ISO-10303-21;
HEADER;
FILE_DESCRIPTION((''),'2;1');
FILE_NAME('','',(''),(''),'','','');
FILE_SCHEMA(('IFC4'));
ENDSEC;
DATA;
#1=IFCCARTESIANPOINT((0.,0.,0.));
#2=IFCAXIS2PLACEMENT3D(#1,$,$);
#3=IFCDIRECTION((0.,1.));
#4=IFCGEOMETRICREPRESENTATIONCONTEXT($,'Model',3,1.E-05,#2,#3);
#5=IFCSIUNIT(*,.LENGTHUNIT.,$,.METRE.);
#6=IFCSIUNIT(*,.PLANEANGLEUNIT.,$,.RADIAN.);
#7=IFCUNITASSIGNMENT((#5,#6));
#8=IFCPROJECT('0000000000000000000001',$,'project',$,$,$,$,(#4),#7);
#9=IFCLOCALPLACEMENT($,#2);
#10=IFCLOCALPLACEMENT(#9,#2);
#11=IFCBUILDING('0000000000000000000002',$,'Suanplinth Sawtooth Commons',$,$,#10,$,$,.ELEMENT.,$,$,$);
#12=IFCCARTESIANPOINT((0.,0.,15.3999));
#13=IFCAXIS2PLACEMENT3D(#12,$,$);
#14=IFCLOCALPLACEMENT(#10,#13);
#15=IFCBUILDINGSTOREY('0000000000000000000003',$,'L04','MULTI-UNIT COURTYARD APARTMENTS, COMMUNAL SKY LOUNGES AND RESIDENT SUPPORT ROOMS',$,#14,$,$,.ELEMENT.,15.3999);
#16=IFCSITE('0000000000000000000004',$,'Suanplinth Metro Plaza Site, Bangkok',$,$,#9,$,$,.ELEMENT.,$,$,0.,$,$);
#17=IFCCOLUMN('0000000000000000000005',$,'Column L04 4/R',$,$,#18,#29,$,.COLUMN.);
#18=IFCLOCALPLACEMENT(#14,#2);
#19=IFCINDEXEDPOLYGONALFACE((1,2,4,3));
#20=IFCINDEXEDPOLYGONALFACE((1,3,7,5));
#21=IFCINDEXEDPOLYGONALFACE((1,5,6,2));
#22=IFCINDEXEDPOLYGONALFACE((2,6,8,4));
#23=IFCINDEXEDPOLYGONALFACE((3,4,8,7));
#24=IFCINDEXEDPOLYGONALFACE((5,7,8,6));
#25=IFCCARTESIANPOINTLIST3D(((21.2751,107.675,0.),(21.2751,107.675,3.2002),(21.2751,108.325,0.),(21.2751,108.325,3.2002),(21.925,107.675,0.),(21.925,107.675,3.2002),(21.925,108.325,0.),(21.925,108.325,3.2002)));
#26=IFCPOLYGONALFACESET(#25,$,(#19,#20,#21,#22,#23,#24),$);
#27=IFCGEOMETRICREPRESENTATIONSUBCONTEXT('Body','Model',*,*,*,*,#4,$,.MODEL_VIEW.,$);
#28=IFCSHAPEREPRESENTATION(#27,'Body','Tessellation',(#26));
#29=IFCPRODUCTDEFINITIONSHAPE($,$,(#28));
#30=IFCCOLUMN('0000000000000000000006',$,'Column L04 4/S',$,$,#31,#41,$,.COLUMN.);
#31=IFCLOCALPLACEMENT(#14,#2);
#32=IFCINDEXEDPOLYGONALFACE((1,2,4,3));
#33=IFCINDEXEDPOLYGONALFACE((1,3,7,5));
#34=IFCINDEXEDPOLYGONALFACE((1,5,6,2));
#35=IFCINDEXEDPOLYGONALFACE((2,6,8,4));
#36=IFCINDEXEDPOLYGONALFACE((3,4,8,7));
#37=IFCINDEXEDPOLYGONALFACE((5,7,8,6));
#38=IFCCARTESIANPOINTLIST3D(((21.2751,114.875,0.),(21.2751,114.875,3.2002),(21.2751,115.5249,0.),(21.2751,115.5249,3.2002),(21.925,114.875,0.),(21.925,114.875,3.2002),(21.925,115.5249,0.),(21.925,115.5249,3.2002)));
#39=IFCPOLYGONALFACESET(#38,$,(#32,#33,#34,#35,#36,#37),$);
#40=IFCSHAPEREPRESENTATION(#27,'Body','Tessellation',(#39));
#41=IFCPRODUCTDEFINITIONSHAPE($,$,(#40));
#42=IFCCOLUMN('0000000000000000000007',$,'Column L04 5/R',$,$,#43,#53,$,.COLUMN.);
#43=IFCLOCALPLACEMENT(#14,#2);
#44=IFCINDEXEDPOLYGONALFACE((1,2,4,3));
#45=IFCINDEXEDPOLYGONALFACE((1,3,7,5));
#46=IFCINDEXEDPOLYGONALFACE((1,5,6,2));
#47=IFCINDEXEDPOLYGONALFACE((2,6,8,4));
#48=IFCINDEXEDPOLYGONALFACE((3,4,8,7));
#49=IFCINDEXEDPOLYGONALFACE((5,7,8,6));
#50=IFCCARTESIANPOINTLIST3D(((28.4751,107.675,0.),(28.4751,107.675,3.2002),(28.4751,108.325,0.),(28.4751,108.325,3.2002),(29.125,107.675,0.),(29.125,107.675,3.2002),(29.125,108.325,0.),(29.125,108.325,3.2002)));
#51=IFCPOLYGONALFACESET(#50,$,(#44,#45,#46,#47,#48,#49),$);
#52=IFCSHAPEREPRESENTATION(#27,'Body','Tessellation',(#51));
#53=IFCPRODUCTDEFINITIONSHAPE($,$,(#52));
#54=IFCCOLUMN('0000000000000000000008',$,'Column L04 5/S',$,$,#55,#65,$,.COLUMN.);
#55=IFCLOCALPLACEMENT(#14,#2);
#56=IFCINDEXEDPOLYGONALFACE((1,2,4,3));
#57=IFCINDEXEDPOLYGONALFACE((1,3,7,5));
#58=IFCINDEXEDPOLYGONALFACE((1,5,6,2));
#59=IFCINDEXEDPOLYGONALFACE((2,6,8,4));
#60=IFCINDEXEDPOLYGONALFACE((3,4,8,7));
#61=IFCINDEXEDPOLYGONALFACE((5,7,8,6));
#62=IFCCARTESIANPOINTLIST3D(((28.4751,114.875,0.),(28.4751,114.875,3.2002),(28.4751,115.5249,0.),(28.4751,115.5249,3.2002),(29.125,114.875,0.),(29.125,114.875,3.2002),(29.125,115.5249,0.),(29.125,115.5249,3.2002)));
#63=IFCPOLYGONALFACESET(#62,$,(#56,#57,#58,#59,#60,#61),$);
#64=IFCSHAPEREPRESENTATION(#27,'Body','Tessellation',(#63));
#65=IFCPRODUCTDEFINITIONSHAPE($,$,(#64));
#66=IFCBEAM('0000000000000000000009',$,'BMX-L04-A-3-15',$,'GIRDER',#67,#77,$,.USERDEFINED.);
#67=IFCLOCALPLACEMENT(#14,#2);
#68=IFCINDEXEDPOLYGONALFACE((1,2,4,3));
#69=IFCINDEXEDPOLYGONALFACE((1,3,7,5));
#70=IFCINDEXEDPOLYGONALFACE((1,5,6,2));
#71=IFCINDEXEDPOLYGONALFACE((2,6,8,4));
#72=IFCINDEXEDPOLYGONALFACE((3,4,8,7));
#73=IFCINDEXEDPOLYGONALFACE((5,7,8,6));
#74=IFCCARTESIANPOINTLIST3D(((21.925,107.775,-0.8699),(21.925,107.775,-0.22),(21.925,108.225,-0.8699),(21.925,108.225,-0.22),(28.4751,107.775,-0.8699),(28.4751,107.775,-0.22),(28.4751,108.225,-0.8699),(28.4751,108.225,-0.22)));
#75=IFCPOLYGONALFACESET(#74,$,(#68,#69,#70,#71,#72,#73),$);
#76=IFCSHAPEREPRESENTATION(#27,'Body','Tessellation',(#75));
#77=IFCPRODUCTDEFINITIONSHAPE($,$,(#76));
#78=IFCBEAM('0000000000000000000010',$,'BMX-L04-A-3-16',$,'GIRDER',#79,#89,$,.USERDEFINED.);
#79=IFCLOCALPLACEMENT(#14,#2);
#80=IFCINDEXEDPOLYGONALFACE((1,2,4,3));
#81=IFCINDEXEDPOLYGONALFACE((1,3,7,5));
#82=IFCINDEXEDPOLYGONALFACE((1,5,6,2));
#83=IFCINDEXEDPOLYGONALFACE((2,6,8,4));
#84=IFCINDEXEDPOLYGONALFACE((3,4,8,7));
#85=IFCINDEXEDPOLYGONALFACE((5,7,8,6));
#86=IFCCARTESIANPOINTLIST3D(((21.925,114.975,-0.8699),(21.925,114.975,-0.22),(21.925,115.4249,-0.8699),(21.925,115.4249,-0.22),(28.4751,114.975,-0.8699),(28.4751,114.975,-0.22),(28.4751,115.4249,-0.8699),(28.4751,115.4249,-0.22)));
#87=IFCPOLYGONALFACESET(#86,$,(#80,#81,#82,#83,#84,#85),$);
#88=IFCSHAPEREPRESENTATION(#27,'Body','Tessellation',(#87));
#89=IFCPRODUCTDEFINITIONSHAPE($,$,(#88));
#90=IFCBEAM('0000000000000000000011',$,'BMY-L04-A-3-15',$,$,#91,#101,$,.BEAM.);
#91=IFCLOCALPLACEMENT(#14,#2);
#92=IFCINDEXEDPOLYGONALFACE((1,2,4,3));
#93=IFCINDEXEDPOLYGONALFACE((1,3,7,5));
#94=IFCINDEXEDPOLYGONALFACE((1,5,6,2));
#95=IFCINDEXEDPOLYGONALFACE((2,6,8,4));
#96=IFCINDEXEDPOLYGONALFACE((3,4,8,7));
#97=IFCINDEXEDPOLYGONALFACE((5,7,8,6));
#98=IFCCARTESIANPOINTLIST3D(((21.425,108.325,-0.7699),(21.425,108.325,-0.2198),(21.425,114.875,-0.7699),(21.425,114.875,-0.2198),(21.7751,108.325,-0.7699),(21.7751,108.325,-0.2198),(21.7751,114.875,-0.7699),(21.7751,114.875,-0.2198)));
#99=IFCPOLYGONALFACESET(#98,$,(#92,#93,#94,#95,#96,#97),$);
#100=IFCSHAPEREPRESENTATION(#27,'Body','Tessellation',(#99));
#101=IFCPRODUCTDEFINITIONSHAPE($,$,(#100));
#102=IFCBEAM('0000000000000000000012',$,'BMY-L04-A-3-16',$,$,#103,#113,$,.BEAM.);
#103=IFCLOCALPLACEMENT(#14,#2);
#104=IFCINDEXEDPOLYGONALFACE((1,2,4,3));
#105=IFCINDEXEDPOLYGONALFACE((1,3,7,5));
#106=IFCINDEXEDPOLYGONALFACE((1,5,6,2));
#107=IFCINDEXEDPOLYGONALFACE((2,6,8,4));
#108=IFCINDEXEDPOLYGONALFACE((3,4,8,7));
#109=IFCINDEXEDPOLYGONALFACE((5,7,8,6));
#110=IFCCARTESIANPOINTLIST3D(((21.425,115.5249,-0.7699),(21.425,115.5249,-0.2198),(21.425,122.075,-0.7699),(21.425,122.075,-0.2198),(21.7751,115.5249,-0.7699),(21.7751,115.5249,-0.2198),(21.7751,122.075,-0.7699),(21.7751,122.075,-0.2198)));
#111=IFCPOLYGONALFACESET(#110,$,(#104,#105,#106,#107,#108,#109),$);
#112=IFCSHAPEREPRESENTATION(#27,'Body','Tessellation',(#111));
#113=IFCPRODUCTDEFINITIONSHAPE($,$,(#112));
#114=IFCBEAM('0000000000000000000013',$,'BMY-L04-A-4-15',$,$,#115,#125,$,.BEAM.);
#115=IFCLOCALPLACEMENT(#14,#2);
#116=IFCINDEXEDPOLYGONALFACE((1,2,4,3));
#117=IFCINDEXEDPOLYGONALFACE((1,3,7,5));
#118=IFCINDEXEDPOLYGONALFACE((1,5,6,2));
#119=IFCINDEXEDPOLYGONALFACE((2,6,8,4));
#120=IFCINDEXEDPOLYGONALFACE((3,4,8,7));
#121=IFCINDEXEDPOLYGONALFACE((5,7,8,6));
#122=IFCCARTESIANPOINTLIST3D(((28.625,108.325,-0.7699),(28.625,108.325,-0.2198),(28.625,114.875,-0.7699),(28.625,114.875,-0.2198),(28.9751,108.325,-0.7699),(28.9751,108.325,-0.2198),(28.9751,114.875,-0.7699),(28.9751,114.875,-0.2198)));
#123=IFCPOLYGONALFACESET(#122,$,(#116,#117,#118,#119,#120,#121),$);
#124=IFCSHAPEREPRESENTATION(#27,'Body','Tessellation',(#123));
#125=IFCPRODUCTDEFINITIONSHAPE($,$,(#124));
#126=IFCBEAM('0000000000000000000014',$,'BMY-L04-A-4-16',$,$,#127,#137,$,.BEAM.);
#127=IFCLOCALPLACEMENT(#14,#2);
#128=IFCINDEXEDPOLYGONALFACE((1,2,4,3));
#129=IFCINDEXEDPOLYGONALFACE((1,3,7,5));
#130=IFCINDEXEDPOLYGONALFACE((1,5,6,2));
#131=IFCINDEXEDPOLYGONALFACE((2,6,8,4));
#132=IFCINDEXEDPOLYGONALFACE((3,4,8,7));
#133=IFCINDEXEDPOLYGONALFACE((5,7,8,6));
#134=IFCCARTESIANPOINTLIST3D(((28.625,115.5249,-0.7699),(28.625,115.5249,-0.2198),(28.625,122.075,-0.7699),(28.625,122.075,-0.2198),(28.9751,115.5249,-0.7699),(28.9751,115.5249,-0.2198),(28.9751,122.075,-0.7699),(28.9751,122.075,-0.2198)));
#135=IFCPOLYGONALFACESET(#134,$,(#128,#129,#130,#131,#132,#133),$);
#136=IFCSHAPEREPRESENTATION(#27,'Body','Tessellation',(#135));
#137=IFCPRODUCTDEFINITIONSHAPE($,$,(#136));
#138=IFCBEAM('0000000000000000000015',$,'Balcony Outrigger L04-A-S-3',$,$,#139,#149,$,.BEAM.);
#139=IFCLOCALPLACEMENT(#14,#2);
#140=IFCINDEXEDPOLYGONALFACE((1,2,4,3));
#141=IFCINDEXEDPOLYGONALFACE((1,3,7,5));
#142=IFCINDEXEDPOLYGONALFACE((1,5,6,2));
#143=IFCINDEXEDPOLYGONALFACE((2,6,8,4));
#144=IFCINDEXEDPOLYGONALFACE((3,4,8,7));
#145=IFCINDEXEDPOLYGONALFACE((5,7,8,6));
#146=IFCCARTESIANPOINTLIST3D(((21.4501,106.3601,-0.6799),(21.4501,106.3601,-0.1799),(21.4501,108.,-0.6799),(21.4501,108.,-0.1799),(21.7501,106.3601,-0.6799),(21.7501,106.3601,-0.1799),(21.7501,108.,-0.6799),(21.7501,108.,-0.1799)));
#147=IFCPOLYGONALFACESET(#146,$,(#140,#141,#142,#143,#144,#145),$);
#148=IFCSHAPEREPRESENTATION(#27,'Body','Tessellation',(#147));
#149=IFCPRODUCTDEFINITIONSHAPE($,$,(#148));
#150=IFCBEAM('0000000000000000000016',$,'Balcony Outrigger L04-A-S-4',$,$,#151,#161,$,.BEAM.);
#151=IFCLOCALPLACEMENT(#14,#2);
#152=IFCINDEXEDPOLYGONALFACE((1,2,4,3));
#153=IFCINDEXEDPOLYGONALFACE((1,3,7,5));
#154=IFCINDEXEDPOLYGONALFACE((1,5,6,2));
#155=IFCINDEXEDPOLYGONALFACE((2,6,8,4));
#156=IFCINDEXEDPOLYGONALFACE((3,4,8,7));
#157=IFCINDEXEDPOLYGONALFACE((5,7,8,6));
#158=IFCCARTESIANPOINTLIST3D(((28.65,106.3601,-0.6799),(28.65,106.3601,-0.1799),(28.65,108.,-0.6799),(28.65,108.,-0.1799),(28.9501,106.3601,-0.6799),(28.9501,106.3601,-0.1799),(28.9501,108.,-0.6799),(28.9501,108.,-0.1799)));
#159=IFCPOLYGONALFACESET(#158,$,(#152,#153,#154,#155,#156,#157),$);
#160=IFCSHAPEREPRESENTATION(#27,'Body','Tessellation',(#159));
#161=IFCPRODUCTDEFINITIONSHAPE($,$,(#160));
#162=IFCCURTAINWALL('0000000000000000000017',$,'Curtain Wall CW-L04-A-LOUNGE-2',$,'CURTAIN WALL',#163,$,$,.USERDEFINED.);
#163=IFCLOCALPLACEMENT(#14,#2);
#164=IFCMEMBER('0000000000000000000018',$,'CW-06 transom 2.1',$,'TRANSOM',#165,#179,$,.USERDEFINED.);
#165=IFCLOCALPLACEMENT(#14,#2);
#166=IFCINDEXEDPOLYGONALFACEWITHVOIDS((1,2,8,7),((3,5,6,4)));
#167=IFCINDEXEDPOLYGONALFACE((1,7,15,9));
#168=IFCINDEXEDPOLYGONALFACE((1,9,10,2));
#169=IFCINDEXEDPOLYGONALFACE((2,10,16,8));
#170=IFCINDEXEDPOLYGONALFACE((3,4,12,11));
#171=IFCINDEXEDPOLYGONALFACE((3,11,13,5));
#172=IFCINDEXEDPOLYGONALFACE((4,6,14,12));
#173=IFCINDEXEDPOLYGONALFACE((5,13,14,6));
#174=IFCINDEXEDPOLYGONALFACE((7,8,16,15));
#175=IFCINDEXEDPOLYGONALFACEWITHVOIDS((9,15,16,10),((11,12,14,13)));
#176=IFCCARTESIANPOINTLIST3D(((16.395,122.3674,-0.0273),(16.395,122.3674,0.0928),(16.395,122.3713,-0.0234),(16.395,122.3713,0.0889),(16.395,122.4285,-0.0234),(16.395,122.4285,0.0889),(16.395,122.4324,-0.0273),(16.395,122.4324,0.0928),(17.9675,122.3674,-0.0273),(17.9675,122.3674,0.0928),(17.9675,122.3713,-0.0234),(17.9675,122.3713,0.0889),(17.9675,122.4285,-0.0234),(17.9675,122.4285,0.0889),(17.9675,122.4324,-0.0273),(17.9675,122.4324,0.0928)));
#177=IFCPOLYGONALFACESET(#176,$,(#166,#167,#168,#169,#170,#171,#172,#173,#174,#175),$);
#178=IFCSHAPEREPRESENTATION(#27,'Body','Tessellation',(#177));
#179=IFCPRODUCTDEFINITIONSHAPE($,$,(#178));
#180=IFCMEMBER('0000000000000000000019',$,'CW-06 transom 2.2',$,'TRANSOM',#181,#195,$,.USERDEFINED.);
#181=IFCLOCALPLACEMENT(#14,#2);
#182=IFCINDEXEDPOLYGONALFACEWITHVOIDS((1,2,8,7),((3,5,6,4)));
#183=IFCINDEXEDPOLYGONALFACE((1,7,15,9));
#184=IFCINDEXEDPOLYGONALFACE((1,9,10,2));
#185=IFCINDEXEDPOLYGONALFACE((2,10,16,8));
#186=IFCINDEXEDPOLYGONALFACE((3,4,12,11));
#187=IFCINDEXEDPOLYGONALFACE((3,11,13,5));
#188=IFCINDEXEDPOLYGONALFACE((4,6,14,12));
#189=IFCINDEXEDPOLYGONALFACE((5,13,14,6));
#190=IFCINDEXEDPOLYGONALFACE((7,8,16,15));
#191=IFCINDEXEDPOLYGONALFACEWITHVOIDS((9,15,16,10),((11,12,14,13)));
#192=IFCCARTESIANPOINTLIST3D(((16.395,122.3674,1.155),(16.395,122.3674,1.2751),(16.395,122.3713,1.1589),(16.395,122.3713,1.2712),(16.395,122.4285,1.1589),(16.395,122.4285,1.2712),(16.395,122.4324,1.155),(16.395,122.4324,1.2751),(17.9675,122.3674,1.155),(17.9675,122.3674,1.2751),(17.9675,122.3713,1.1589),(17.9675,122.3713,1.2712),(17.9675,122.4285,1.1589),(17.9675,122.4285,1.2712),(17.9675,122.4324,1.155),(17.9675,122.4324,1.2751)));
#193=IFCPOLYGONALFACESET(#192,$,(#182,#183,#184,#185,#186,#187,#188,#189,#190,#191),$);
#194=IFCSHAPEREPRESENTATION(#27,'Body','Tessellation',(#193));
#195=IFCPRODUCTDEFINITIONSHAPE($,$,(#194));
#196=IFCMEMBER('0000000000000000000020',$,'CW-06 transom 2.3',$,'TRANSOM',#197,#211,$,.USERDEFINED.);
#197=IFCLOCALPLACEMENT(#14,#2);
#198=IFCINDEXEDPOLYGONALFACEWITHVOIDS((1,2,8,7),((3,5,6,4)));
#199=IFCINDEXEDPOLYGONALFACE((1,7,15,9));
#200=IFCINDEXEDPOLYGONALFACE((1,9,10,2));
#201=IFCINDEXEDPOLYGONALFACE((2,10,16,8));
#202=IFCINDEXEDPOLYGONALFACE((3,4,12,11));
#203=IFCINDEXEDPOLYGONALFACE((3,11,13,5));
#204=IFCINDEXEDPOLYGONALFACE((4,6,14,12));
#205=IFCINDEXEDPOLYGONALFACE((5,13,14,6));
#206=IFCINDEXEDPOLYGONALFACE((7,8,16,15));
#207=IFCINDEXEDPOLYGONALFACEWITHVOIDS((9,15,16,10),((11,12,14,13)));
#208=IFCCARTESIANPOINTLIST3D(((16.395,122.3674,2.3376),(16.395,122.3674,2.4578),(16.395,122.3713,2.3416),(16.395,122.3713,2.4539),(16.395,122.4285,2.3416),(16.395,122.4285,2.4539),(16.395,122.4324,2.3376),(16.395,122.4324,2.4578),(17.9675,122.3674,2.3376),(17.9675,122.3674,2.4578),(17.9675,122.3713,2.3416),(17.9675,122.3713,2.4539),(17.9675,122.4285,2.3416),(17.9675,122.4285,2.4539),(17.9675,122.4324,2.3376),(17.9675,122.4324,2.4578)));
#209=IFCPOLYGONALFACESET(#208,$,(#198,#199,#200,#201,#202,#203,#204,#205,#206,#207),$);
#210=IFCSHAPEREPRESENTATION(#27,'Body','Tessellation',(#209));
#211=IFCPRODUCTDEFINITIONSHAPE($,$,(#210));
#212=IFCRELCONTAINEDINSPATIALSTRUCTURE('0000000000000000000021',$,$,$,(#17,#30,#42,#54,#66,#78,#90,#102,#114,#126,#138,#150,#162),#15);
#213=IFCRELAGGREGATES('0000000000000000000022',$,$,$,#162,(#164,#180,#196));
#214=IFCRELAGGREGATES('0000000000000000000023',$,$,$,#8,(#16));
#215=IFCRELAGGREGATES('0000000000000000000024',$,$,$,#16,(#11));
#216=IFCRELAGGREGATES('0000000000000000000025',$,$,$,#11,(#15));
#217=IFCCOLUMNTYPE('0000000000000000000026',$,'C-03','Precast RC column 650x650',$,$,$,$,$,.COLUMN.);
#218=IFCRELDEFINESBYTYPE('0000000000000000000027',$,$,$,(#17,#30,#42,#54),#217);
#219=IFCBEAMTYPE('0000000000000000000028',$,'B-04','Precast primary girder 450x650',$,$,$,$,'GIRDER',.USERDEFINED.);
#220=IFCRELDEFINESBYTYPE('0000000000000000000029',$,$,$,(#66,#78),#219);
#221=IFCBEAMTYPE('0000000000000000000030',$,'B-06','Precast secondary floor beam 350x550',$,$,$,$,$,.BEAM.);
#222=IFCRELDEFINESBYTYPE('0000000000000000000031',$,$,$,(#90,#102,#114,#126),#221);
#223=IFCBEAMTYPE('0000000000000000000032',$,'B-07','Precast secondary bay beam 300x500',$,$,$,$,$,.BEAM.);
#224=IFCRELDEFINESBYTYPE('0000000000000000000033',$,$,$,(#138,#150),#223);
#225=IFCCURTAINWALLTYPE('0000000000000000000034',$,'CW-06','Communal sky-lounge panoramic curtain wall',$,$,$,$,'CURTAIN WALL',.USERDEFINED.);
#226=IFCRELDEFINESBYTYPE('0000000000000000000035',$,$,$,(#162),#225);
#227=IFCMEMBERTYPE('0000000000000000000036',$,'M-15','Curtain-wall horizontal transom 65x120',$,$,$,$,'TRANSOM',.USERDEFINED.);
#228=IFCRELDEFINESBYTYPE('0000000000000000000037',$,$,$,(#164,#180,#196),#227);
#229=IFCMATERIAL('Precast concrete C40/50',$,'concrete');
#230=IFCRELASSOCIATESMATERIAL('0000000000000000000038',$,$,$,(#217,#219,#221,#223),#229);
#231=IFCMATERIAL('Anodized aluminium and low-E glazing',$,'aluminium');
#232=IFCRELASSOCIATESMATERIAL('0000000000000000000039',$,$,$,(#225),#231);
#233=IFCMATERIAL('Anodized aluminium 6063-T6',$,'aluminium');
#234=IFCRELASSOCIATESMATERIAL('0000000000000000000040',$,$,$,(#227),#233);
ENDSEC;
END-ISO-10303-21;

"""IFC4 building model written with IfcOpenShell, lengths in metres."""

from ifc_helpers import new_model, si_unit, direction, frame, origin, origin_2d, place, context, subcontext, project, spatial, rectangle, hollow_rectangle, extrude, material, material_profile, profile_set, type_object, element, aggregate, save


model = new_model("IFC4")

# Units and contexts
model_context = context("Model", 3, precision=1e-05, world=origin(), true_north=direction((0.0, 1.0)))
body_context = subcontext(model_context, "Body", "Model", "MODEL_VIEW")
ifc_project = project(units=[si_unit("LENGTHUNIT", "METRE"), si_unit("PLANEANGLEUNIT", "RADIAN")], contexts=[model_context])

# Site, building, storey
site_placement = place(None, origin())
site = spatial("IfcSite", under=ifc_project, at=site_placement, Name="Suanplinth Metro Plaza Site, Bangkok", CompositionType="ELEMENT", RefElevation=0.0)
building_placement = place(site_placement, origin())
building = spatial("IfcBuilding", under=site, at=building_placement, Name="Suanplinth Sawtooth Commons", CompositionType="ELEMENT")
storey_placement = place(building_placement, frame((0.0, 0.0, 15.3999)))
storey = spatial("IfcBuildingStorey", under=building, at=storey_placement, Name="L04", Description="MULTI-UNIT COURTYARD APARTMENTS, COMMUNAL SKY LOUNGES AND RESIDENT SUPPORT ROOMS", CompositionType="ELEMENT", Elevation=15.3999)

# Columns
ifc_material_1 = material(Name="Precast concrete C40/50", Category="concrete")
ifc_material_profile_1 = material_profile(ifc_material_1, rectangle(XDim=0.6499, YDim=0.6499, at=origin_2d()), Name="PC-COL 650x650")
ifc_profile_set_1 = profile_set([ifc_material_profile_1], Name="Precast concrete C40/50")
column_type = type_object("IfcColumnType", Name="C-03", Description="Precast RC column 650x650", PredefinedType="COLUMN", material=ifc_profile_set_1)
for number, where, z_axis, x_axis, name in (
    (1, (21.6001, 108.0, 0.0), (0.0, 0.0, 1.0), (1.0, 0.0, 0.0), "Column L04 4/R"),
    (2, (21.6001, 115.2, 0.0), (0.0, 0.0, 1.0), (1.0, 0.0, 0.0), "Column L04 4/S"),
    (3, (28.8, 108.0, 0.0), (0.0, 0.0, 1.0), (1.0, 0.0, 0.0), "Column L04 5/R"),
    (4, (28.8, 115.2, 0.0), (0.0, 0.0, 1.0), (1.0, 0.0, 0.0), "Column L04 5/S"),
):
    element("IfcColumn", number, at=place(storey_placement, frame(where, z_axis=z_axis, x_axis=x_axis)), inside=storey, type_object=column_type, Name=name, PredefinedType="COLUMN", context=body_context, shape_type="SweptSolid", body=[
        extrude(rectangle(XDim=0.6499, YDim=0.6499, at=origin_2d()), origin(), (0.0, 0.0, 1.0), 3.2002),
    ])

# Beams
ifc_material_profile_2 = material_profile(ifc_material_1, rectangle(XDim=0.45, YDim=0.6499, at=origin_2d()), Name="PC-GDR 450x650")
ifc_profile_set_2 = profile_set([ifc_material_profile_2], Name="Precast concrete C40/50")
beam_type_1 = type_object("IfcBeamType", Name="B-04", Description="Precast primary girder 450x650", ElementType="GIRDER", PredefinedType="USERDEFINED", material=ifc_profile_set_2)
for number, where, z_axis, x_axis, name in (
    (5, (21.925, 108.0, -0.5449), (1.0, 0.0, 0.0), (0.0, 1.0, 0.0), "BMX-L04-A-3-15"),
    (6, (21.925, 115.2, -0.5449), (1.0, 0.0, 0.0), (0.0, 1.0, 0.0), "BMX-L04-A-3-16"),
):
    element("IfcBeam", number, at=place(storey_placement, frame(where, z_axis=z_axis, x_axis=x_axis)), inside=storey, type_object=beam_type_1, Name=name, ObjectType="GIRDER", PredefinedType="USERDEFINED", context=body_context, shape_type="SweptSolid", body=[
        extrude(rectangle(XDim=0.45, YDim=0.6499, at=origin_2d()), origin(), (0.0, 0.0, 1.0), 6.55),
    ])
ifc_material_profile_3 = material_profile(ifc_material_1, rectangle(XDim=0.3501, YDim=0.55, at=origin_2d()), Name="PC-BM 350x550")
ifc_profile_set_3 = profile_set([ifc_material_profile_3], Name="Precast concrete C40/50")
beam_type_2 = type_object("IfcBeamType", Name="B-06", Description="Precast secondary floor beam 350x550", PredefinedType="BEAM", material=ifc_profile_set_3)
for number, where, z_axis, x_axis, name in (
    (7, (21.6001, 108.325, -0.4949), (0.0, 1.0, 0.0), (-1.0, 0.0, 0.0), "BMY-L04-A-3-15"),
    (8, (21.6001, 115.5249, -0.4949), (0.0, 1.0, 0.0), (-1.0, 0.0, 0.0), "BMY-L04-A-3-16"),
    (9, (28.8, 108.325, -0.4949), (0.0, 1.0, 0.0), (-1.0, 0.0, 0.0), "BMY-L04-A-4-15"),
    (10, (28.8, 115.5249, -0.4949), (0.0, 1.0, 0.0), (-1.0, 0.0, 0.0), "BMY-L04-A-4-16"),
):
    element("IfcBeam", number, at=place(storey_placement, frame(where, z_axis=z_axis, x_axis=x_axis)), inside=storey, type_object=beam_type_2, Name=name, PredefinedType="BEAM", context=body_context, shape_type="SweptSolid", body=[
        extrude(rectangle(XDim=0.3501, YDim=0.55, at=origin_2d()), origin(), (0.0, 0.0, 1.0), 6.55),
    ])
ifc_material_profile_4 = material_profile(ifc_material_1, rectangle(XDim=0.3, YDim=0.5, at=origin_2d()), Name="PC-BM 300x500")
ifc_profile_set_4 = profile_set([ifc_material_profile_4], Name="Precast concrete C40/50")
beam_type_3 = type_object("IfcBeamType", Name="B-07", Description="Precast secondary bay beam 300x500", PredefinedType="BEAM", material=ifc_profile_set_4)
for number, where, z_axis, x_axis, name in (
    (11, (21.6001, 108.0, -0.4299), (0.0, -1.0, 0.0), (1.0, 0.0, 0.0), "Balcony Outrigger L04-A-S-3"),
    (12, (28.8, 108.0, -0.4299), (0.0, -1.0, 0.0), (1.0, 0.0, 0.0), "Balcony Outrigger L04-A-S-4"),
):
    element("IfcBeam", number, at=place(storey_placement, frame(where, z_axis=z_axis, x_axis=x_axis)), inside=storey, type_object=beam_type_3, Name=name, PredefinedType="BEAM", context=body_context, shape_type="SweptSolid", body=[
        extrude(rectangle(XDim=0.3, YDim=0.5, at=origin_2d()), origin(), (0.0, 0.0, 1.0), 1.6399),
    ])

# Curtain wall, members
ifc_material_2 = material(Name="Anodized aluminium and low-E glazing", Category="aluminium")
curtain_wall_type = type_object("IfcCurtainWallType", Name="CW-06", Description="Communal sky-lounge panoramic curtain wall", ElementType="CURTAIN WALL", PredefinedType="USERDEFINED", material=ifc_material_2)
curtain_wall_placement = place(storey_placement, origin())
curtain_wall = element("IfcCurtainWall", 13, at=curtain_wall_placement, inside=storey, type_object=curtain_wall_type, Name="Curtain Wall CW-L04-A-LOUNGE-2", ObjectType="CURTAIN WALL", PredefinedType="USERDEFINED")
ifc_material_3 = material(Name="Anodized aluminium 6063-T6", Category="aluminium")
ifc_material_profile_5 = material_profile(ifc_material_3, hollow_rectangle(XDim=0.0649, YDim=0.1201, WallThickness=0.0039, at=origin_2d()), Name="ALU-TRN 65x120")
ifc_profile_set_5 = profile_set([ifc_material_profile_5], Name="Anodized aluminium 6063-T6")
member_type = type_object("IfcMemberType", Name="M-15", Description="Curtain-wall horizontal transom 65x120", ElementType="TRANSOM", PredefinedType="USERDEFINED", material=ifc_profile_set_5)
member_1_placement = place(storey_placement, frame((16.395, 122.3999, 0.0327), z_axis=(1.0, 0.0, 0.0), x_axis=(0.0, 1.0, 0.0)))
member_1 = element("IfcMember", 14, at=member_1_placement, type_object=member_type, Name="CW-06 transom 2.1", ObjectType="TRANSOM", PredefinedType="USERDEFINED", context=body_context, shape_type="SweptSolid", body=[
    extrude(hollow_rectangle(XDim=0.0649, YDim=0.1201, WallThickness=0.0039, at=origin_2d()), origin(), (0.0, 0.0, 1.0), 1.5725),
])
member_2_placement = place(storey_placement, frame((16.395, 122.3999, 1.2151), z_axis=(1.0, 0.0, 0.0), x_axis=(0.0, 1.0, 0.0)))
member_2 = element("IfcMember", 15, at=member_2_placement, type_object=member_type, Name="CW-06 transom 2.2", ObjectType="TRANSOM", PredefinedType="USERDEFINED", context=body_context, shape_type="SweptSolid", body=[
    extrude(hollow_rectangle(XDim=0.0649, YDim=0.1201, WallThickness=0.0039, at=origin_2d()), origin(), (0.0, 0.0, 1.0), 1.5725),
])
member_3_placement = place(storey_placement, frame((16.395, 122.3999, 2.3977), z_axis=(1.0, 0.0, 0.0), x_axis=(0.0, 1.0, 0.0)))
member_3 = element("IfcMember", 16, at=member_3_placement, type_object=member_type, Name="CW-06 transom 2.3", ObjectType="TRANSOM", PredefinedType="USERDEFINED", context=body_context, shape_type="SweptSolid", body=[
    extrude(hollow_rectangle(XDim=0.0649, YDim=0.1201, WallThickness=0.0039, at=origin_2d()), origin(), (0.0, 0.0, 1.0), 1.5725),
])
aggregate(curtain_wall, [member_1, member_2, member_3])

save(model, "model.ifc")
